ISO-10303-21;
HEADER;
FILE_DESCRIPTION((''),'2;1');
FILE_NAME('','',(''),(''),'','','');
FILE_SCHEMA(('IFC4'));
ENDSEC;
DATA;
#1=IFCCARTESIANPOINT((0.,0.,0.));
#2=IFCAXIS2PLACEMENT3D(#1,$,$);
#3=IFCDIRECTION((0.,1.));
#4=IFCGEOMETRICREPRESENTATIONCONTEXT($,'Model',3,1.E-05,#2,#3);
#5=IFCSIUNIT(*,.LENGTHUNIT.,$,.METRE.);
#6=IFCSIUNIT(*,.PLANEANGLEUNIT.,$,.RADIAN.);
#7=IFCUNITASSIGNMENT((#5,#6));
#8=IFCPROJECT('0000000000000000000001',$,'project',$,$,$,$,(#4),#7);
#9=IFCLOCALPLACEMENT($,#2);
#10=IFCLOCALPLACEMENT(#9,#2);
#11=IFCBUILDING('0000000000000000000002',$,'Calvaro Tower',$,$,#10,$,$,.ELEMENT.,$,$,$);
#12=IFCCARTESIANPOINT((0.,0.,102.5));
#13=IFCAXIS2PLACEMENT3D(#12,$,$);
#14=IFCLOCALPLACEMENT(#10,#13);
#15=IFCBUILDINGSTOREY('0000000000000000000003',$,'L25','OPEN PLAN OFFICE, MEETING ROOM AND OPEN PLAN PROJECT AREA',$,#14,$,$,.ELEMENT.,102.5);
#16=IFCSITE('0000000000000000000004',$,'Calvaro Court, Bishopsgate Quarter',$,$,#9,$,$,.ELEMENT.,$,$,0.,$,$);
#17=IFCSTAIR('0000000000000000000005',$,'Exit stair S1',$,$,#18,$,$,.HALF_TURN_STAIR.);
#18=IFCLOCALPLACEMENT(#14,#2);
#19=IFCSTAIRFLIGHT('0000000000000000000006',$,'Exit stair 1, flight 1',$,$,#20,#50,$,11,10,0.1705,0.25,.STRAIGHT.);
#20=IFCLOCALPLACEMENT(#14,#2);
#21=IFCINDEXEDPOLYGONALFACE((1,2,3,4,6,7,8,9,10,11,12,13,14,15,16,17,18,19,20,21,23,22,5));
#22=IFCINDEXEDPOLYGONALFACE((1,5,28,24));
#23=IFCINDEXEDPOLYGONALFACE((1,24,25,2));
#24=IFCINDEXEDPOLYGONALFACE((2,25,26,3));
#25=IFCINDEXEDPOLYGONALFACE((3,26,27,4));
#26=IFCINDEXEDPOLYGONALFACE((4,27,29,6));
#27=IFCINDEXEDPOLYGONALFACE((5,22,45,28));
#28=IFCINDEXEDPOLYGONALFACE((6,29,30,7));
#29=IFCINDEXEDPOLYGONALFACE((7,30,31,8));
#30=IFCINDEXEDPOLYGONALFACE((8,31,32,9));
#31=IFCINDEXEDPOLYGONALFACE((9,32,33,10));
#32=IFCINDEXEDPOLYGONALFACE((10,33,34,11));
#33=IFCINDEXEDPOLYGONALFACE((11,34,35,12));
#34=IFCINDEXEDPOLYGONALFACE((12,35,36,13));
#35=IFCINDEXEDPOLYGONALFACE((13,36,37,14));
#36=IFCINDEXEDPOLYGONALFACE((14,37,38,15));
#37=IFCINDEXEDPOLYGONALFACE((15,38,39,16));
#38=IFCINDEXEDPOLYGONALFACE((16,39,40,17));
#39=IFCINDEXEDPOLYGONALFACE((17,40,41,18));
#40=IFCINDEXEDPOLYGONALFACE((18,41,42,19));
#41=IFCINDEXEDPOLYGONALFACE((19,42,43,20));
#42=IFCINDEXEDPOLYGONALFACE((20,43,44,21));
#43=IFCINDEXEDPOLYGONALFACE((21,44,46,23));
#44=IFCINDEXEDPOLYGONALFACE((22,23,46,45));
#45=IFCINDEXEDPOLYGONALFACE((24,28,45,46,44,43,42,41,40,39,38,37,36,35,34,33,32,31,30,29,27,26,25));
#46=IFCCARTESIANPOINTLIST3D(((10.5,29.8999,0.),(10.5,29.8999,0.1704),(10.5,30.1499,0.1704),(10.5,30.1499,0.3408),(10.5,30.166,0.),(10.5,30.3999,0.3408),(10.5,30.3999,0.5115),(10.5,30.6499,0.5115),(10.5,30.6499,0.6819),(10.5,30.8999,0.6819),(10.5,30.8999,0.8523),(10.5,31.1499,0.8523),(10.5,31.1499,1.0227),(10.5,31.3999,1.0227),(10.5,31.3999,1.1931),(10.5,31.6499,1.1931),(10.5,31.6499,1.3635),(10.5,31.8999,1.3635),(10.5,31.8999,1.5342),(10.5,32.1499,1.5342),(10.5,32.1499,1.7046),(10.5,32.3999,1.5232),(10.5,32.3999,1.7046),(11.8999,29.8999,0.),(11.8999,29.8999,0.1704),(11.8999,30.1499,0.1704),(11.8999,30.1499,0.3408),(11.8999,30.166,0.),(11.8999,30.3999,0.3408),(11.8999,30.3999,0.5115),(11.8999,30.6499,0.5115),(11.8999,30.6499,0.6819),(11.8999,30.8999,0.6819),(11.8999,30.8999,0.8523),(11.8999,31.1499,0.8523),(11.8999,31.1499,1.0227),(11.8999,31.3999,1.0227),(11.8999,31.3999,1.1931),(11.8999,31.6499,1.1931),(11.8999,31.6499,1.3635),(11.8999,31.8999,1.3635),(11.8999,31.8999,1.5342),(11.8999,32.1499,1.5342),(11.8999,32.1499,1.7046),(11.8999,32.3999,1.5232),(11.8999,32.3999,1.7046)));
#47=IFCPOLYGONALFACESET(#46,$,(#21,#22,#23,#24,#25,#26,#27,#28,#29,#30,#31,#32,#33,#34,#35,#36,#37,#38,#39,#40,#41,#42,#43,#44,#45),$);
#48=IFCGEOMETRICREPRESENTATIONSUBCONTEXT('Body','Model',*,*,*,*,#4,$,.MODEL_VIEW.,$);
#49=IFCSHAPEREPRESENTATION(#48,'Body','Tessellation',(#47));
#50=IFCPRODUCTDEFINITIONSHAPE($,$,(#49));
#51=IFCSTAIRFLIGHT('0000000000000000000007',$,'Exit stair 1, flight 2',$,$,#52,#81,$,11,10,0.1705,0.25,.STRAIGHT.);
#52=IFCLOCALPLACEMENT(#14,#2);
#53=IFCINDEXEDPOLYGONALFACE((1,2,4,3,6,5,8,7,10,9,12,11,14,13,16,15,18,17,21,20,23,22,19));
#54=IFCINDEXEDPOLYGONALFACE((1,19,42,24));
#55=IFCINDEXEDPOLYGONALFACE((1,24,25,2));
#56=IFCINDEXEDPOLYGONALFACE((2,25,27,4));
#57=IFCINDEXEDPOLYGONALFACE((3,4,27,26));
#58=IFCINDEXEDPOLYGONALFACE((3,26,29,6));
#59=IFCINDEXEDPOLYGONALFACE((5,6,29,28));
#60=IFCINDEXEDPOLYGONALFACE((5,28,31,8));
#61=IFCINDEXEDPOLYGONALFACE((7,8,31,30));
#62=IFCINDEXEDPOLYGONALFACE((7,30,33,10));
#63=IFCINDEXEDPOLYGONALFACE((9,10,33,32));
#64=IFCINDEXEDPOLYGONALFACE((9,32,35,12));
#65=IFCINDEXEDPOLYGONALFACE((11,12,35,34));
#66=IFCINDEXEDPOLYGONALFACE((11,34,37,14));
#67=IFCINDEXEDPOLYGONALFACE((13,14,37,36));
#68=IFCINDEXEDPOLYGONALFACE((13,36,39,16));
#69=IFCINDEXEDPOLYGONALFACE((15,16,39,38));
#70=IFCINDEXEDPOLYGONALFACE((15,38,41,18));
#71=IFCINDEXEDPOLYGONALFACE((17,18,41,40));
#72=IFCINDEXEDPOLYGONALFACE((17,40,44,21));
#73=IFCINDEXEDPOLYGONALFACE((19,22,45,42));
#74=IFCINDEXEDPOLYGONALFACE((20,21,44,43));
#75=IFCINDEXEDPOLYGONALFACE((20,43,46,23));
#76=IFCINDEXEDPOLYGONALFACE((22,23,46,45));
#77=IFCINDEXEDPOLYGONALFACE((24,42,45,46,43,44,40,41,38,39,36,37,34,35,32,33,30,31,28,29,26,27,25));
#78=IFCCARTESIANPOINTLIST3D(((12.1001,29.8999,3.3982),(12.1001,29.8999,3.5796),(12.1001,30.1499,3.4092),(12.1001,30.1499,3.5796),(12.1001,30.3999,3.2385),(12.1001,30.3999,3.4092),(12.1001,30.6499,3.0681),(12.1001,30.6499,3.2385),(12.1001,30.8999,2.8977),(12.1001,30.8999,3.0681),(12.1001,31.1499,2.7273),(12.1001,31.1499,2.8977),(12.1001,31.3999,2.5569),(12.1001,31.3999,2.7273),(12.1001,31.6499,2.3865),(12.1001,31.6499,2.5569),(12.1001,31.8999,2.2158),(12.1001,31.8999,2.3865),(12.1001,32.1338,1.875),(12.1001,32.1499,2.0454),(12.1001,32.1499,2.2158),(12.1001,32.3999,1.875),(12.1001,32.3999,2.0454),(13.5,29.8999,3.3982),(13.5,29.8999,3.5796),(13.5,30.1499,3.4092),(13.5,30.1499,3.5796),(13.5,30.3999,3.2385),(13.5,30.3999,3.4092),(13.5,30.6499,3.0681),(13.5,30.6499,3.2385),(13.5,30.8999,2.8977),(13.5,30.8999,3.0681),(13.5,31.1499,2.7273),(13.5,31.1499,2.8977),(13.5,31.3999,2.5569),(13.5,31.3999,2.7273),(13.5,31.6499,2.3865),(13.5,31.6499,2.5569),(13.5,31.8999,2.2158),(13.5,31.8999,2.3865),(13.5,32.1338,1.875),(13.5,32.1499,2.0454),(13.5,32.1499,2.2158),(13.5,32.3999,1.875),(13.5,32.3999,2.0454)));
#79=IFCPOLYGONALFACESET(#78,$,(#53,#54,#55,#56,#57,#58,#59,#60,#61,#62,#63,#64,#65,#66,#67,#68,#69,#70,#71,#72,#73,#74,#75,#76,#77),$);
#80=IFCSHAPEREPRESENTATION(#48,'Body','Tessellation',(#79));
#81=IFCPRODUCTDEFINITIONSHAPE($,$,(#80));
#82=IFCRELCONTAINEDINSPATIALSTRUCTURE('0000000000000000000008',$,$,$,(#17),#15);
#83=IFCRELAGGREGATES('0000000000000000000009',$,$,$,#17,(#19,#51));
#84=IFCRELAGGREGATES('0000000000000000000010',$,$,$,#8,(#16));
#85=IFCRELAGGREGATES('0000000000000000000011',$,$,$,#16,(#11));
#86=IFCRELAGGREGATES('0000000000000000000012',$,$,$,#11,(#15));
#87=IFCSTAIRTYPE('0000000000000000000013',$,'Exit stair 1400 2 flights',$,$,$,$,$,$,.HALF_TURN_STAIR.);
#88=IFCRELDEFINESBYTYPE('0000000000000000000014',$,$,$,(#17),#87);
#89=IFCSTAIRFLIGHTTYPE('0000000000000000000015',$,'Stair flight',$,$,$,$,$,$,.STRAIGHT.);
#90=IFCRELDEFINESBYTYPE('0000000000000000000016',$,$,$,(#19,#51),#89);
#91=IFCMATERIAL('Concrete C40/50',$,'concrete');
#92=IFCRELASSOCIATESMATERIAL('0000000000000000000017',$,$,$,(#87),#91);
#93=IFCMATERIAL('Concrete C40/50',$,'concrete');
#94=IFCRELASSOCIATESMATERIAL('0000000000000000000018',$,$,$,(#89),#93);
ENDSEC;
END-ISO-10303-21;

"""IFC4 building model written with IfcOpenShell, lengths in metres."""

from ifc_helpers import new_model, si_unit, direction, frame, origin, place, context, subcontext, project, spatial, polyline, outline, extrude, material, type_object, element, aggregate, save


model = new_model("IFC4")

# Units and contexts
model_context = context("Model", 3, precision=1e-05, world=origin(), true_north=direction((0.0, 1.0)))
body_context = subcontext(model_context, "Body", "Model", "MODEL_VIEW")
ifc_project = project(units=[si_unit("LENGTHUNIT", "METRE"), si_unit("PLANEANGLEUNIT", "RADIAN")], contexts=[model_context])

# Site, building, storey
site_placement = place(None, origin())
site = spatial("IfcSite", under=ifc_project, at=site_placement, Name="Calvaro Court, Bishopsgate Quarter", CompositionType="ELEMENT", RefElevation=0.0)
building_placement = place(site_placement, origin())
building = spatial("IfcBuilding", under=site, at=building_placement, Name="Calvaro Tower", CompositionType="ELEMENT")
storey_placement = place(building_placement, frame((0.0, 0.0, 102.5)))
storey = spatial("IfcBuildingStorey", under=building, at=storey_placement, Name="L25", Description="OPEN PLAN OFFICE, MEETING ROOM AND OPEN PLAN PROJECT AREA", CompositionType="ELEMENT", Elevation=102.5)

# Stair, stair flights
ifc_material_1 = material(Name="Concrete C40/50", Category="concrete")
stair_type = type_object("IfcStairType", Name="Exit stair 1400 2 flights", PredefinedType="HALF_TURN_STAIR", material=ifc_material_1)
stair_placement = place(storey_placement, origin())
stair = element("IfcStair", 1, at=stair_placement, inside=storey, type_object=stair_type, Name="Exit stair S1", PredefinedType="HALF_TURN_STAIR")
ifc_material_2 = material(Name="Concrete C40/50", Category="concrete")
stair_flight_type = type_object("IfcStairFlightType", Name="Stair flight", PredefinedType="STRAIGHT", material=ifc_material_2)
stair_flight_1_placement = place(storey_placement, frame((11.2, 29.8999, 0.0), z_axis=(0.0, 0.0, 1.0), x_axis=(0.0, 1.0, 0.0)))
stair_flight_1 = element("IfcStairFlight", 2, at=stair_flight_1_placement, type_object=stair_flight_type, Name="Exit stair 1, flight 1", NumberOfRisers=11, NumberOfTreads=10, PredefinedType="STRAIGHT", RiserHeight=0.1705, TreadLength=0.25, context=body_context, shape_type="SweptSolid", body=[
    extrude(outline(polyline([(0.0, 0.0), (0.0, 0.1704), (0.25, 0.1704), (0.25, 0.3408), (0.5, 0.3408), (0.5, 0.5115), (0.75, 0.5115), (0.75, 0.6819), (1.0, 0.6819), (1.0, 0.8523), (1.25, 0.8523), (1.25, 1.0227), (1.5, 1.0227), (1.5, 1.1931), (1.75, 1.1931), (1.75, 1.3635), (2.0, 1.3635), (2.0, 1.5342), (2.25, 1.5342), (2.25, 1.7046), (2.5, 1.7046), (2.5, 1.875), (2.5, 1.5232), (0.2661, 0.0), (0.0, 0.0)])), frame((0.0, 0.7, 0.0), z_axis=(0.0, -1.0, 0.0), x_axis=(1.0, 0.0, 0.0)), (0.0, 0.0, 1.0), 1.3999),
])
stair_flight_2_placement = place(storey_placement, frame((12.8, 32.3999, 1.875), z_axis=(0.0, 0.0, 1.0), x_axis=(0.0, -1.0, 0.0)))
stair_flight_2 = element("IfcStairFlight", 3, at=stair_flight_2_placement, type_object=stair_flight_type, Name="Exit stair 1, flight 2", NumberOfRisers=11, NumberOfTreads=10, PredefinedType="STRAIGHT", RiserHeight=0.1705, TreadLength=0.25, context=body_context, shape_type="SweptSolid", body=[
    extrude(outline(polyline([(0.0, 0.0), (0.0, 0.1704), (0.25, 0.1704), (0.25, 0.3408), (0.5, 0.3408), (0.5, 0.5115), (0.75, 0.5115), (0.75, 0.6819), (1.0, 0.6819), (1.0, 0.8523), (1.25, 0.8523), (1.25, 1.0227), (1.5, 1.0227), (1.5, 1.1931), (1.75, 1.1931), (1.75, 1.3635), (2.0, 1.3635), (2.0, 1.5342), (2.25, 1.5342), (2.25, 1.7046), (2.5, 1.7046), (2.5, 1.875), (2.5, 1.5232), (0.2661, 0.0), (0.0, 0.0)])), frame((0.0, 0.7, 0.0), z_axis=(0.0, -1.0, 0.0), x_axis=(1.0, 0.0, 0.0)), (0.0, 0.0, 1.0), 1.3999),
])
aggregate(stair, [stair_flight_1, stair_flight_2])

save(model, "model.ifc")
